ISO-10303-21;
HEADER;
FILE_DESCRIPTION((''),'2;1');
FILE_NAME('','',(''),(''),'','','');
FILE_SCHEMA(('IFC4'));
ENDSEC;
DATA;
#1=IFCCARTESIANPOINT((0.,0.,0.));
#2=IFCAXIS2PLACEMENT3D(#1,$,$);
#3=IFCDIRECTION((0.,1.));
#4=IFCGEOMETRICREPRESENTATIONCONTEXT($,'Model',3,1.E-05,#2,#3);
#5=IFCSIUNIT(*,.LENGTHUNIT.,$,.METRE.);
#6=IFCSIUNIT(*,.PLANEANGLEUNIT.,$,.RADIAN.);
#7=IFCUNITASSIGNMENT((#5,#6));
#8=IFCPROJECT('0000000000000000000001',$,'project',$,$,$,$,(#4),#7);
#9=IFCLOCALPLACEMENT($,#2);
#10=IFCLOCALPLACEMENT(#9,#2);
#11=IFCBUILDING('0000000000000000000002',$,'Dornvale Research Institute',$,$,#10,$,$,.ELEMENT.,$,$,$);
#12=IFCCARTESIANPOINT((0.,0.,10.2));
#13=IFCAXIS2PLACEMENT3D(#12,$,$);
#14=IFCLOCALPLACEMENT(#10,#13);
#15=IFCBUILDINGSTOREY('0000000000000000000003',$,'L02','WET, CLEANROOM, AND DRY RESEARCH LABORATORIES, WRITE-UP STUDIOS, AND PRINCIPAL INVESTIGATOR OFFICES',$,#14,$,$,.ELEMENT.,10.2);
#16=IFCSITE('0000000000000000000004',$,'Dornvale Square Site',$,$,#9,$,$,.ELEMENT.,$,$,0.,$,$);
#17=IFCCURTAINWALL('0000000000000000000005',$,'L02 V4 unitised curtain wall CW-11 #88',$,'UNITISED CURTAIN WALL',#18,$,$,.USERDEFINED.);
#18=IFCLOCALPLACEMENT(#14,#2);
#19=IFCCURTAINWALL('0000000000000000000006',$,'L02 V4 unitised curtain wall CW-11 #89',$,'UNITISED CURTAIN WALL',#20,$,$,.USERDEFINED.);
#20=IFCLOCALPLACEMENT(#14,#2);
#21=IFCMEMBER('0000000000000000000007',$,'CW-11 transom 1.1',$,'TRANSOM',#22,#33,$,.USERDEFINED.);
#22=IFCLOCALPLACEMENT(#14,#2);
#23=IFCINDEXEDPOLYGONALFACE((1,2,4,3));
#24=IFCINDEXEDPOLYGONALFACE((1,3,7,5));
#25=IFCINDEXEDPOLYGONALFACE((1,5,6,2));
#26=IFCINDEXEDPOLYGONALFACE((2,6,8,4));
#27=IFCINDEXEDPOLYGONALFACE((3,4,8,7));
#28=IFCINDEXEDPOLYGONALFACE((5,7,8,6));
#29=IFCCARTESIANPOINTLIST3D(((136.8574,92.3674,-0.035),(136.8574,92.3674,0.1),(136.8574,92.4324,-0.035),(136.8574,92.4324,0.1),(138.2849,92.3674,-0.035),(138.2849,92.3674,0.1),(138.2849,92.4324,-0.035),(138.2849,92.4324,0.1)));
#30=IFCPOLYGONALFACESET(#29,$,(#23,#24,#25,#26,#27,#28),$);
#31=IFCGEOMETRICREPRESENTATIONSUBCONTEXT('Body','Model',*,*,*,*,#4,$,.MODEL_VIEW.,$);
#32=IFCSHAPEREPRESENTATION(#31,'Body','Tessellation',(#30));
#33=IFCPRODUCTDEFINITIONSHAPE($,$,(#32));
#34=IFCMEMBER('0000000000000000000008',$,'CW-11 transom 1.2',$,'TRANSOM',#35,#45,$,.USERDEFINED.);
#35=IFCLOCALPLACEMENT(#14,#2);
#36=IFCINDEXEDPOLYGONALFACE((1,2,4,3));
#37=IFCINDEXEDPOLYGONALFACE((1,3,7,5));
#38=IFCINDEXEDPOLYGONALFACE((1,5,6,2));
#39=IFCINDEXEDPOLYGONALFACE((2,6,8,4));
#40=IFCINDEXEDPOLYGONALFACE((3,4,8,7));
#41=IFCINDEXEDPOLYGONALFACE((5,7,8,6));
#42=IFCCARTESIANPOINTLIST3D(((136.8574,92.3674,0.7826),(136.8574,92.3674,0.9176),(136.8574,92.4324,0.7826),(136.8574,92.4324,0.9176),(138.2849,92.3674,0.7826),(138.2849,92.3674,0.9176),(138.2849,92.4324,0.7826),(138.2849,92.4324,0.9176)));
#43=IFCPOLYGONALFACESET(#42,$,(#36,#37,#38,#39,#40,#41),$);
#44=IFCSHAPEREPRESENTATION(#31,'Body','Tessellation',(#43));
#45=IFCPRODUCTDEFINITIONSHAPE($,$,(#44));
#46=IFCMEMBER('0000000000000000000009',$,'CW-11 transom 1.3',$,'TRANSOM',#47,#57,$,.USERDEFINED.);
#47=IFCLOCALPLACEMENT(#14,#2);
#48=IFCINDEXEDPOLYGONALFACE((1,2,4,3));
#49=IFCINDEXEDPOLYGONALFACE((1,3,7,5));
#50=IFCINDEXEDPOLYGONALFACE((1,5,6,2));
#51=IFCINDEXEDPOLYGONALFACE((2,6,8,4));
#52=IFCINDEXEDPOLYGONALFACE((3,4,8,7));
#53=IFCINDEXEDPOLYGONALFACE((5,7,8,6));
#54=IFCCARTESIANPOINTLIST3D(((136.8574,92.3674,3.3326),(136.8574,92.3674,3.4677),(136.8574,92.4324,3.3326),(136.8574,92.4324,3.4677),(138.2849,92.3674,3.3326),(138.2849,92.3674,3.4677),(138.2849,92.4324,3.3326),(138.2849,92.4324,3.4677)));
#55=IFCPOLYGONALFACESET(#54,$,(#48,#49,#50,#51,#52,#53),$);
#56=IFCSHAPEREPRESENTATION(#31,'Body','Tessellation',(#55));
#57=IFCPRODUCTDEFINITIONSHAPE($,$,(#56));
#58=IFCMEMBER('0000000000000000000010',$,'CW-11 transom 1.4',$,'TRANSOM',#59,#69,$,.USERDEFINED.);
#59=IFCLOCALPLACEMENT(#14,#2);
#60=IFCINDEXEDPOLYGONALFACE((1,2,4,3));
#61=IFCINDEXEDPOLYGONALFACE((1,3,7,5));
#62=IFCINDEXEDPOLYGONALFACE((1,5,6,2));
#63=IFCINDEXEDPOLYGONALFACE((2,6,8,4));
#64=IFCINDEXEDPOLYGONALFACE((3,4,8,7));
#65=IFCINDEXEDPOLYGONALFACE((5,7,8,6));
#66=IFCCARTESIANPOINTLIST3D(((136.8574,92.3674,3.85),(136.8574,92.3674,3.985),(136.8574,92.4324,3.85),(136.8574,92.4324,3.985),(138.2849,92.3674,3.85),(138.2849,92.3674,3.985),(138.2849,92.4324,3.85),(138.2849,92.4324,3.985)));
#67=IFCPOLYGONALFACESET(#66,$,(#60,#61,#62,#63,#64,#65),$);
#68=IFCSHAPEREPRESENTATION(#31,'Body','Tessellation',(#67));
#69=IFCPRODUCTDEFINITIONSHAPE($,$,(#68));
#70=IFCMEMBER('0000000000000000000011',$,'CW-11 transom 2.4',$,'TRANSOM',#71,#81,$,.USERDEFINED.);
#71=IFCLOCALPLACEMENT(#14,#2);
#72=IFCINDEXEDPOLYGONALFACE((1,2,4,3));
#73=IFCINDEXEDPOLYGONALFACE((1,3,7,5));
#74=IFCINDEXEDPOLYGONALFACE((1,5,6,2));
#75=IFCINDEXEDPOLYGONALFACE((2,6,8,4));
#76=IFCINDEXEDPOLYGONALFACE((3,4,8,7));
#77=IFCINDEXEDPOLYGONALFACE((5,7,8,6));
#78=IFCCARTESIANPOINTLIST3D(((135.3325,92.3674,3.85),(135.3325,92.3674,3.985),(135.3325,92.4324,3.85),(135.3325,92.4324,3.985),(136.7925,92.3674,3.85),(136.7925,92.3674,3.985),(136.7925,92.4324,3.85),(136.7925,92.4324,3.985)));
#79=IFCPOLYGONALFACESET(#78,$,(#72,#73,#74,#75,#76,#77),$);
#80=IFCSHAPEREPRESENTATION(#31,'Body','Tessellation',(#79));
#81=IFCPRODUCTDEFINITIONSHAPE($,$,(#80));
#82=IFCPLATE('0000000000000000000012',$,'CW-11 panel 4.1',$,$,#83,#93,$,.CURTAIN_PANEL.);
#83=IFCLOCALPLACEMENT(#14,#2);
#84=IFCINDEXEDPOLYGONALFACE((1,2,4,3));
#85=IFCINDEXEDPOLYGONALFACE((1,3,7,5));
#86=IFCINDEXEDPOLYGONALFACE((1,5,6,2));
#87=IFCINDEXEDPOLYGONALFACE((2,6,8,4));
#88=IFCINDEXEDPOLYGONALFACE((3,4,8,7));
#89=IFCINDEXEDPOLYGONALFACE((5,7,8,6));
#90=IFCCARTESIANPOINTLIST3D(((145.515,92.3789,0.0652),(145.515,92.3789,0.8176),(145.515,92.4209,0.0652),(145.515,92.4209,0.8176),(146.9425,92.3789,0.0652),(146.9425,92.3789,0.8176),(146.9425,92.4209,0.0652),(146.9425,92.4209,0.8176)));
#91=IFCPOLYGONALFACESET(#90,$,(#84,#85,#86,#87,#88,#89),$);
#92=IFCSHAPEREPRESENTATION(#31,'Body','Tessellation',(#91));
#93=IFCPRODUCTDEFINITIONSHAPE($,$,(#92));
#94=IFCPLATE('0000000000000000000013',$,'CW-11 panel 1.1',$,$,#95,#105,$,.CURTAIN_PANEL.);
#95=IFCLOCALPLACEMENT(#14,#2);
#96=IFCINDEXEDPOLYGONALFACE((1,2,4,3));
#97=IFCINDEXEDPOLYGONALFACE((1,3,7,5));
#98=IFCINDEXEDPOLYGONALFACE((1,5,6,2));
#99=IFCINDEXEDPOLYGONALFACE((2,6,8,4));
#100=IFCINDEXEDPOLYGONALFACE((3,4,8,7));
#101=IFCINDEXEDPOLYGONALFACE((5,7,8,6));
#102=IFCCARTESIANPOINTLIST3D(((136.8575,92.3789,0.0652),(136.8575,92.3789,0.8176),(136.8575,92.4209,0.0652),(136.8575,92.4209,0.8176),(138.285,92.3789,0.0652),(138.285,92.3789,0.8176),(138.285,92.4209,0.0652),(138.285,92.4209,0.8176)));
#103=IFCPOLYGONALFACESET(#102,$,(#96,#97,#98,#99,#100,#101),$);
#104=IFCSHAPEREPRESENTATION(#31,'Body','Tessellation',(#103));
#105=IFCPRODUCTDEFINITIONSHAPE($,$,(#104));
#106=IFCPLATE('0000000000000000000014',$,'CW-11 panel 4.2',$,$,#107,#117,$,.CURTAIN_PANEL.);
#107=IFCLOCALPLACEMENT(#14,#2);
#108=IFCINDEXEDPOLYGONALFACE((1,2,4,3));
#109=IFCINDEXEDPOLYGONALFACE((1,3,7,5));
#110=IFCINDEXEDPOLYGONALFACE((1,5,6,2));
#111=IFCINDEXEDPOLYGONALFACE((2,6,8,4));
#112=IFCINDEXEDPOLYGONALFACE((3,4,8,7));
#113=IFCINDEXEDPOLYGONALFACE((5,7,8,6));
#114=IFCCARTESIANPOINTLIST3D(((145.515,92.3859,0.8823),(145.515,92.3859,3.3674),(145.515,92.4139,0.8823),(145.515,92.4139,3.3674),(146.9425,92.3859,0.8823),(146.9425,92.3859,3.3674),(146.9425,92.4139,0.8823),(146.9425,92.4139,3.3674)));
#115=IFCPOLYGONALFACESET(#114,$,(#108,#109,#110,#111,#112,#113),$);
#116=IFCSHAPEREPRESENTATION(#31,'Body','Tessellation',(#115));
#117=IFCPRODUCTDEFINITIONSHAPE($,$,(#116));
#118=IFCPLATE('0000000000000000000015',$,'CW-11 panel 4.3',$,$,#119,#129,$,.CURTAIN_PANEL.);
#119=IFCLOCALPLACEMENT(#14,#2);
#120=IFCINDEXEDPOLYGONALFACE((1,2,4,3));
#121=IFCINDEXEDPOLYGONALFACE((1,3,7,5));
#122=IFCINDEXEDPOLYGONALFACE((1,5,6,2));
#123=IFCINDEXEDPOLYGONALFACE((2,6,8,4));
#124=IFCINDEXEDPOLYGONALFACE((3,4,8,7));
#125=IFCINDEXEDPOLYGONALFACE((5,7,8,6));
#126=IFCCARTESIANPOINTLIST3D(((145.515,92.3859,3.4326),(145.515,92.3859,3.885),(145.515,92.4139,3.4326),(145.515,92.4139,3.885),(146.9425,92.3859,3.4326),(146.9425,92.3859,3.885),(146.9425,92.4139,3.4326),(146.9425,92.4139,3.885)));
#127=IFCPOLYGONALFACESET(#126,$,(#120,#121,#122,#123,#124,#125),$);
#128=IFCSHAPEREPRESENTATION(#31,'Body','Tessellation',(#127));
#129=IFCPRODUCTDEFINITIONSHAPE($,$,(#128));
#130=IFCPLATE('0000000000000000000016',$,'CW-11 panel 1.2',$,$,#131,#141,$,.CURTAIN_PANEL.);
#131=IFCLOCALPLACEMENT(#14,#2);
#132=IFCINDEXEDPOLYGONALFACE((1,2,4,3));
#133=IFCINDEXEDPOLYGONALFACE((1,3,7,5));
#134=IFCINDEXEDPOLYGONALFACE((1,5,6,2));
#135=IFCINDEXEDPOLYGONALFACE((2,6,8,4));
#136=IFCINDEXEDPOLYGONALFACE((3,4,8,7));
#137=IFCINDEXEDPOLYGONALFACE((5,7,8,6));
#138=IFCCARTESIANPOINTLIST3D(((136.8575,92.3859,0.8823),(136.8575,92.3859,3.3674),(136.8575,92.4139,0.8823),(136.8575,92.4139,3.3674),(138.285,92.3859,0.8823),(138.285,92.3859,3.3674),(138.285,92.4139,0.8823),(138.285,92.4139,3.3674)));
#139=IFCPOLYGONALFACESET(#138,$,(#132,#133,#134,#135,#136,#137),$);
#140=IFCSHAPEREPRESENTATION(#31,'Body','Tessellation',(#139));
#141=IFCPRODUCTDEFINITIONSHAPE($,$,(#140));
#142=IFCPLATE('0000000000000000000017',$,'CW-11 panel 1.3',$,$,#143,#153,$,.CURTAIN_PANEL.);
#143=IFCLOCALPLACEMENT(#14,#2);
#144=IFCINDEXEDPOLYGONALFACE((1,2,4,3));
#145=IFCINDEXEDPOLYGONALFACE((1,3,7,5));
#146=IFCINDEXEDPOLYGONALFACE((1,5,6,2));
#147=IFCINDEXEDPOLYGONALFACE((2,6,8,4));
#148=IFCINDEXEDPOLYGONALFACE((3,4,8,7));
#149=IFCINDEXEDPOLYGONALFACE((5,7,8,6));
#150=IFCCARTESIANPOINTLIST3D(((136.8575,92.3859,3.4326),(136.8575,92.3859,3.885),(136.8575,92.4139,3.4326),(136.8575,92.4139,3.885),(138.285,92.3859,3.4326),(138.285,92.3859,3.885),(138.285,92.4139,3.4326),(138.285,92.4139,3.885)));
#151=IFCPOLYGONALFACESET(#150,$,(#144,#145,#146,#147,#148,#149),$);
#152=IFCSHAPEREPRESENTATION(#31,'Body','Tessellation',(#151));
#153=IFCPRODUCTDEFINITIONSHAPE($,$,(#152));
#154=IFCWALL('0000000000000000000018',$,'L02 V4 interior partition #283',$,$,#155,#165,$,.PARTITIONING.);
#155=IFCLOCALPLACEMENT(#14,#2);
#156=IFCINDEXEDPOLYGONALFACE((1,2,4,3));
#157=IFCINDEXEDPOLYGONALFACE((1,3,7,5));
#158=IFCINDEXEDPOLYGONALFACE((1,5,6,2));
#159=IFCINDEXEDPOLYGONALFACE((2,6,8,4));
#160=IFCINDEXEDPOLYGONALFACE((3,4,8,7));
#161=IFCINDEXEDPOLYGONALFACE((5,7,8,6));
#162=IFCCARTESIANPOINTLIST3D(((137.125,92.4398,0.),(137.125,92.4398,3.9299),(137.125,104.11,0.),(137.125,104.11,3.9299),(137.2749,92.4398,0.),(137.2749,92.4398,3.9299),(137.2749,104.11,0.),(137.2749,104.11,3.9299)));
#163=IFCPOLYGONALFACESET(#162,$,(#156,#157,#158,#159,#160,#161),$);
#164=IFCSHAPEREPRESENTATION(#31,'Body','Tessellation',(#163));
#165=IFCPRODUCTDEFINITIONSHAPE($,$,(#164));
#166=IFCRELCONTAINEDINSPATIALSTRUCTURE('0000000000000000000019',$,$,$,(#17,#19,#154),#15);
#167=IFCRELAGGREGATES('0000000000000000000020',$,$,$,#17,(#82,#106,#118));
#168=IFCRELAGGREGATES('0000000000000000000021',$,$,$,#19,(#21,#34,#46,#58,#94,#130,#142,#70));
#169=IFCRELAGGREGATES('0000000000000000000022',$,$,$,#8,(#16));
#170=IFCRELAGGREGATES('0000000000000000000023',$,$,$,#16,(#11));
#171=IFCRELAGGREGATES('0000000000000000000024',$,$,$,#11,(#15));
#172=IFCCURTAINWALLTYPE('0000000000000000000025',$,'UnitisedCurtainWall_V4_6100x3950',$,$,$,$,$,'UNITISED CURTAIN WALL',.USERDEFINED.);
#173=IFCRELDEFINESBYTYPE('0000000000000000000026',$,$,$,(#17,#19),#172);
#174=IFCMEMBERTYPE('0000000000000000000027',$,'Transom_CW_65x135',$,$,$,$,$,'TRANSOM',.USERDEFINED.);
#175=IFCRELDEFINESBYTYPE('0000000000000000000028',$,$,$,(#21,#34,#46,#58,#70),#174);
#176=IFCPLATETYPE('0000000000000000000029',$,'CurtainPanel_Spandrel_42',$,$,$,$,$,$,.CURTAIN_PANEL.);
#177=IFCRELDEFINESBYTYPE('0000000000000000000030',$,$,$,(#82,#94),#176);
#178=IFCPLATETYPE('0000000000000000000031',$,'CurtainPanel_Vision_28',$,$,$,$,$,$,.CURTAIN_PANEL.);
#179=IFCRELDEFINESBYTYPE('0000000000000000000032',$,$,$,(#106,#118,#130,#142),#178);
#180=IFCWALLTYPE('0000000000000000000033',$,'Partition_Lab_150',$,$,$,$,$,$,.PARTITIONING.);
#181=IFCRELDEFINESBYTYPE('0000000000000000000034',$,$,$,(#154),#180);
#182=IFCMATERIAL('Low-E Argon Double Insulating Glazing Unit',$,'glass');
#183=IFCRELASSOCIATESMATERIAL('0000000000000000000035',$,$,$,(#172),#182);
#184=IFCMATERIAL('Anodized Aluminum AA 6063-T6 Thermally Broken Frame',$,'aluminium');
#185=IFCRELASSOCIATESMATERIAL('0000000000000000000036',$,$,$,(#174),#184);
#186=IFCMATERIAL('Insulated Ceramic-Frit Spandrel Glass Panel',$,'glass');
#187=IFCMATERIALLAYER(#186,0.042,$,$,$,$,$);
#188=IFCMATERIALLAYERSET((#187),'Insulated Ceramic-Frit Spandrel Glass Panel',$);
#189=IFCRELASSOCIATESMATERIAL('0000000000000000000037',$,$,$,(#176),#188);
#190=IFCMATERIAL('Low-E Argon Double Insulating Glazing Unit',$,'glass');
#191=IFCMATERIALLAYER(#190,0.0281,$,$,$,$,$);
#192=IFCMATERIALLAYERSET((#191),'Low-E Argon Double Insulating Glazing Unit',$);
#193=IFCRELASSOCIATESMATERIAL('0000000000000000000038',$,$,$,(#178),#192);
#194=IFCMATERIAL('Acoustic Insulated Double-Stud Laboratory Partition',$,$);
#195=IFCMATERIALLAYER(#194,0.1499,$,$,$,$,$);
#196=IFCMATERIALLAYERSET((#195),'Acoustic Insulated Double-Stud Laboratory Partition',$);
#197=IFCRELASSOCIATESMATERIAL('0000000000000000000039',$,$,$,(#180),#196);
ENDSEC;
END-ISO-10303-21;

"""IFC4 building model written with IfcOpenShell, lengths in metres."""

from ifc_helpers import new_model, si_unit, direction, frame, frame_2d, origin, origin_2d, place, context, subcontext, project, spatial, rectangle, extrude, material, layer, layer_set, material_profile, profile_set, type_object, element, aggregate, save


model = new_model("IFC4")

# Units and contexts
model_context = context("Model", 3, precision=1e-05, world=origin(), true_north=direction((0.0, 1.0)))
body_context = subcontext(model_context, "Body", "Model", "MODEL_VIEW")
ifc_project = project(units=[si_unit("LENGTHUNIT", "METRE"), si_unit("PLANEANGLEUNIT", "RADIAN")], contexts=[model_context])

# Site, building, storey
site_placement = place(None, origin())
site = spatial("IfcSite", under=ifc_project, at=site_placement, Name="Dornvale Square Site", CompositionType="ELEMENT", RefElevation=0.0)
building_placement = place(site_placement, origin())
building = spatial("IfcBuilding", under=site, at=building_placement, Name="Dornvale Research Institute", CompositionType="ELEMENT")
storey_placement = place(building_placement, frame((0.0, 0.0, 10.2)))
storey = spatial("IfcBuildingStorey", under=building, at=storey_placement, Name="L02", Description="WET, CLEANROOM, AND DRY RESEARCH LABORATORIES, WRITE-UP STUDIOS, AND PRINCIPAL INVESTIGATOR OFFICES", CompositionType="ELEMENT", Elevation=10.2)

# Curtain wall
ifc_material_1 = material(Name="Low-E Argon Double Insulating Glazing Unit", Category="glass")
curtain_wall_type = type_object("IfcCurtainWallType", Name="UnitisedCurtainWall_V4_6100x3950", ElementType="UNITISED CURTAIN WALL", PredefinedType="USERDEFINED", material=ifc_material_1)
curtain_wall_1_placement = place(storey_placement, origin())
curtain_wall_1 = element("IfcCurtainWall", 1, at=curtain_wall_1_placement, inside=storey, type_object=curtain_wall_type, Name="L02 V4 unitised curtain wall CW-11 #88", ObjectType="UNITISED CURTAIN WALL", PredefinedType="USERDEFINED")

# Curtain wall
curtain_wall_2_placement = place(storey_placement, origin())
curtain_wall_2 = element("IfcCurtainWall", 2, at=curtain_wall_2_placement, inside=storey, type_object=curtain_wall_type, Name="L02 V4 unitised curtain wall CW-11 #89", ObjectType="UNITISED CURTAIN WALL", PredefinedType="USERDEFINED")

# Members
ifc_material_2 = material(Name="Anodized Aluminum AA 6063-T6 Thermally Broken Frame", Category="aluminium")
ifc_material_profile_1 = material_profile(ifc_material_2, rectangle(XDim=0.0649, YDim=0.135, at=origin_2d()), Name="ALU TRANSOM 65x135")
ifc_profile_set_1 = profile_set([ifc_material_profile_1], Name="Anodized Aluminum AA 6063-T6 Thermally Broken Frame")
member_type_1 = type_object("IfcMemberType", Name="Transom_CW_65x135", ElementType="TRANSOM", PredefinedType="USERDEFINED", material=ifc_profile_set_1)
member_1_placement = place(storey_placement, frame((138.2849, 92.3999, 0.0325), z_axis=(-1.0, 0.0, 0.0), x_axis=(0.0, -1.0, 0.0)))
member_1 = element("IfcMember", 3, at=member_1_placement, type_object=member_type_1, Name="CW-11 transom 1.1", ObjectType="TRANSOM", PredefinedType="USERDEFINED", context=body_context, shape_type="SweptSolid", body=[
    extrude(rectangle(XDim=0.0649, YDim=0.135, at=origin_2d()), origin(), (0.0, 0.0, 1.0), 1.4275),
])
member_2_placement = place(storey_placement, frame((138.2849, 92.3999, 0.8501), z_axis=(-1.0, 0.0, 0.0), x_axis=(0.0, -1.0, 0.0)))
member_2 = element("IfcMember", 4, at=member_2_placement, type_object=member_type_1, Name="CW-11 transom 1.2", ObjectType="TRANSOM", PredefinedType="USERDEFINED", context=body_context, shape_type="SweptSolid", body=[
    extrude(rectangle(XDim=0.0649, YDim=0.135, at=origin_2d()), origin(), (0.0, 0.0, 1.0), 1.4275),
])
member_3_placement = place(storey_placement, frame((138.2849, 92.3999, 3.4001), z_axis=(-1.0, 0.0, 0.0), x_axis=(0.0, -1.0, 0.0)))
member_3 = element("IfcMember", 5, at=member_3_placement, type_object=member_type_1, Name="CW-11 transom 1.3", ObjectType="TRANSOM", PredefinedType="USERDEFINED", context=body_context, shape_type="SweptSolid", body=[
    extrude(rectangle(XDim=0.0649, YDim=0.135, at=origin_2d()), origin(), (0.0, 0.0, 1.0), 1.4275),
])
member_4_placement = place(storey_placement, frame((138.2849, 92.3999, 3.9175), z_axis=(-1.0, 0.0, 0.0), x_axis=(0.0, -1.0, 0.0)))
member_4 = element("IfcMember", 6, at=member_4_placement, type_object=member_type_1, Name="CW-11 transom 1.4", ObjectType="TRANSOM", PredefinedType="USERDEFINED", context=body_context, shape_type="SweptSolid", body=[
    extrude(rectangle(XDim=0.0649, YDim=0.135, at=origin_2d()), origin(), (0.0, 0.0, 1.0), 1.4275),
])
member_5_placement = place(storey_placement, frame((136.7925, 92.3999, 3.9175), z_axis=(-1.0, 0.0, 0.0), x_axis=(0.0, -1.0, 0.0)))
member_5 = element("IfcMember", 7, at=member_5_placement, type_object=member_type_1, Name="CW-11 transom 2.4", ObjectType="TRANSOM", PredefinedType="USERDEFINED", context=body_context, shape_type="SweptSolid", body=[
    extrude(rectangle(XDim=0.0649, YDim=0.135, at=origin_2d()), origin(), (0.0, 0.0, 1.0), 1.46),
])

# Plates
ifc_material_3 = material(Name="Insulated Ceramic-Frit Spandrel Glass Panel", Category="glass")
ifc_layer_1 = layer(ifc_material_3, 0.042)
ifc_layer_set_1 = layer_set([ifc_layer_1], Name="Insulated Ceramic-Frit Spandrel Glass Panel")
plate_type_1 = type_object("IfcPlateType", Name="CurtainPanel_Spandrel_42", PredefinedType="CURTAIN_PANEL", material=ifc_layer_set_1)
plate_1_placement = place(storey_placement, frame((146.2288, 92.3999, 0.0652), z_axis=(0.0, 0.0, 1.0), x_axis=(-1.0, 0.0, 0.0)))
plate_1 = element("IfcPlate", 8, at=plate_1_placement, type_object=plate_type_1, Name="CW-11 panel 4.1", PredefinedType="CURTAIN_PANEL", context=body_context, shape_type="SweptSolid", body=[
    extrude(rectangle(XDim=1.4275, YDim=0.042, at=origin_2d()), origin(), (0.0, 0.0, 1.0), 0.7524),
])
plate_2_placement = place(storey_placement, frame((137.5713, 92.3999, 0.0652), z_axis=(0.0, 0.0, 1.0), x_axis=(-1.0, 0.0, 0.0)))
plate_2 = element("IfcPlate", 9, at=plate_2_placement, type_object=plate_type_1, Name="CW-11 panel 1.1", PredefinedType="CURTAIN_PANEL", context=body_context, shape_type="SweptSolid", body=[
    extrude(rectangle(XDim=1.4275, YDim=0.042, at=origin_2d()), origin(), (0.0, 0.0, 1.0), 0.7524),
])
ifc_material_4 = material(Name="Low-E Argon Double Insulating Glazing Unit", Category="glass")
ifc_layer_2 = layer(ifc_material_4, 0.0281)
ifc_layer_set_2 = layer_set([ifc_layer_2], Name="Low-E Argon Double Insulating Glazing Unit")
plate_type_2 = type_object("IfcPlateType", Name="CurtainPanel_Vision_28", PredefinedType="CURTAIN_PANEL", material=ifc_layer_set_2)
plate_3_placement = place(storey_placement, frame((146.2288, 92.3999, 0.8823), z_axis=(0.0, 0.0, 1.0), x_axis=(-1.0, 0.0, 0.0)))
plate_3 = element("IfcPlate", 10, at=plate_3_placement, type_object=plate_type_2, Name="CW-11 panel 4.2", PredefinedType="CURTAIN_PANEL", context=body_context, shape_type="SweptSolid", body=[
    extrude(rectangle(XDim=1.4275, YDim=0.0281, at=origin_2d()), origin(), (0.0, 0.0, 1.0), 2.4851),
])
plate_4_placement = place(storey_placement, frame((146.2288, 92.3999, 3.4326), z_axis=(0.0, 0.0, 1.0), x_axis=(-1.0, 0.0, 0.0)))
plate_4 = element("IfcPlate", 11, at=plate_4_placement, type_object=plate_type_2, Name="CW-11 panel 4.3", PredefinedType="CURTAIN_PANEL", context=body_context, shape_type="SweptSolid", body=[
    extrude(rectangle(XDim=1.4275, YDim=0.0281, at=origin_2d()), origin(), (0.0, 0.0, 1.0), 0.4524),
])
aggregate(curtain_wall_1, [plate_1, plate_3, plate_4])
plate_5_placement = place(storey_placement, frame((137.5713, 92.3999, 0.8823), z_axis=(0.0, 0.0, 1.0), x_axis=(-1.0, 0.0, 0.0)))
plate_5 = element("IfcPlate", 12, at=plate_5_placement, type_object=plate_type_2, Name="CW-11 panel 1.2", PredefinedType="CURTAIN_PANEL", context=body_context, shape_type="SweptSolid", body=[
    extrude(rectangle(XDim=1.4275, YDim=0.0281, at=origin_2d()), origin(), (0.0, 0.0, 1.0), 2.4851),
])
plate_6_placement = place(storey_placement, frame((137.5713, 92.3999, 3.4326), z_axis=(0.0, 0.0, 1.0), x_axis=(-1.0, 0.0, 0.0)))
plate_6 = element("IfcPlate", 13, at=plate_6_placement, type_object=plate_type_2, Name="CW-11 panel 1.3", PredefinedType="CURTAIN_PANEL", context=body_context, shape_type="SweptSolid", body=[
    extrude(rectangle(XDim=1.4275, YDim=0.0281, at=origin_2d()), origin(), (0.0, 0.0, 1.0), 0.4524),
])
aggregate(curtain_wall_2, [member_1, member_2, member_3, member_4, plate_2, plate_5, plate_6, member_5])

# Wall
ifc_material_5 = material(Name="Acoustic Insulated Double-Stud Laboratory Partition")
ifc_layer_3 = layer(ifc_material_5, 0.1499)
ifc_layer_set_3 = layer_set([ifc_layer_3], Name="Acoustic Insulated Double-Stud Laboratory Partition")
wall_type_1 = type_object("IfcWallType", Name="Partition_Lab_150", PredefinedType="PARTITIONING", material=ifc_layer_set_3)
wall_1_placement = place(storey_placement, frame((137.2, 92.4399, 0.0), z_axis=(0.0, 0.0, 1.0), x_axis=(0.0, 1.0, 0.0)))
element("IfcWall", 14, at=wall_1_placement, inside=storey, type_object=wall_type_1, Name="L02 V4 interior partition #283", PredefinedType="PARTITIONING", context=body_context, shape_type="SweptSolid", body=[
    extrude(rectangle(XDim=11.6702, YDim=0.1499, at=frame_2d((5.835, 0.0))), origin(), (0.0, 0.0, 1.0), 3.9299),
])

save(model, "model.ifc")
